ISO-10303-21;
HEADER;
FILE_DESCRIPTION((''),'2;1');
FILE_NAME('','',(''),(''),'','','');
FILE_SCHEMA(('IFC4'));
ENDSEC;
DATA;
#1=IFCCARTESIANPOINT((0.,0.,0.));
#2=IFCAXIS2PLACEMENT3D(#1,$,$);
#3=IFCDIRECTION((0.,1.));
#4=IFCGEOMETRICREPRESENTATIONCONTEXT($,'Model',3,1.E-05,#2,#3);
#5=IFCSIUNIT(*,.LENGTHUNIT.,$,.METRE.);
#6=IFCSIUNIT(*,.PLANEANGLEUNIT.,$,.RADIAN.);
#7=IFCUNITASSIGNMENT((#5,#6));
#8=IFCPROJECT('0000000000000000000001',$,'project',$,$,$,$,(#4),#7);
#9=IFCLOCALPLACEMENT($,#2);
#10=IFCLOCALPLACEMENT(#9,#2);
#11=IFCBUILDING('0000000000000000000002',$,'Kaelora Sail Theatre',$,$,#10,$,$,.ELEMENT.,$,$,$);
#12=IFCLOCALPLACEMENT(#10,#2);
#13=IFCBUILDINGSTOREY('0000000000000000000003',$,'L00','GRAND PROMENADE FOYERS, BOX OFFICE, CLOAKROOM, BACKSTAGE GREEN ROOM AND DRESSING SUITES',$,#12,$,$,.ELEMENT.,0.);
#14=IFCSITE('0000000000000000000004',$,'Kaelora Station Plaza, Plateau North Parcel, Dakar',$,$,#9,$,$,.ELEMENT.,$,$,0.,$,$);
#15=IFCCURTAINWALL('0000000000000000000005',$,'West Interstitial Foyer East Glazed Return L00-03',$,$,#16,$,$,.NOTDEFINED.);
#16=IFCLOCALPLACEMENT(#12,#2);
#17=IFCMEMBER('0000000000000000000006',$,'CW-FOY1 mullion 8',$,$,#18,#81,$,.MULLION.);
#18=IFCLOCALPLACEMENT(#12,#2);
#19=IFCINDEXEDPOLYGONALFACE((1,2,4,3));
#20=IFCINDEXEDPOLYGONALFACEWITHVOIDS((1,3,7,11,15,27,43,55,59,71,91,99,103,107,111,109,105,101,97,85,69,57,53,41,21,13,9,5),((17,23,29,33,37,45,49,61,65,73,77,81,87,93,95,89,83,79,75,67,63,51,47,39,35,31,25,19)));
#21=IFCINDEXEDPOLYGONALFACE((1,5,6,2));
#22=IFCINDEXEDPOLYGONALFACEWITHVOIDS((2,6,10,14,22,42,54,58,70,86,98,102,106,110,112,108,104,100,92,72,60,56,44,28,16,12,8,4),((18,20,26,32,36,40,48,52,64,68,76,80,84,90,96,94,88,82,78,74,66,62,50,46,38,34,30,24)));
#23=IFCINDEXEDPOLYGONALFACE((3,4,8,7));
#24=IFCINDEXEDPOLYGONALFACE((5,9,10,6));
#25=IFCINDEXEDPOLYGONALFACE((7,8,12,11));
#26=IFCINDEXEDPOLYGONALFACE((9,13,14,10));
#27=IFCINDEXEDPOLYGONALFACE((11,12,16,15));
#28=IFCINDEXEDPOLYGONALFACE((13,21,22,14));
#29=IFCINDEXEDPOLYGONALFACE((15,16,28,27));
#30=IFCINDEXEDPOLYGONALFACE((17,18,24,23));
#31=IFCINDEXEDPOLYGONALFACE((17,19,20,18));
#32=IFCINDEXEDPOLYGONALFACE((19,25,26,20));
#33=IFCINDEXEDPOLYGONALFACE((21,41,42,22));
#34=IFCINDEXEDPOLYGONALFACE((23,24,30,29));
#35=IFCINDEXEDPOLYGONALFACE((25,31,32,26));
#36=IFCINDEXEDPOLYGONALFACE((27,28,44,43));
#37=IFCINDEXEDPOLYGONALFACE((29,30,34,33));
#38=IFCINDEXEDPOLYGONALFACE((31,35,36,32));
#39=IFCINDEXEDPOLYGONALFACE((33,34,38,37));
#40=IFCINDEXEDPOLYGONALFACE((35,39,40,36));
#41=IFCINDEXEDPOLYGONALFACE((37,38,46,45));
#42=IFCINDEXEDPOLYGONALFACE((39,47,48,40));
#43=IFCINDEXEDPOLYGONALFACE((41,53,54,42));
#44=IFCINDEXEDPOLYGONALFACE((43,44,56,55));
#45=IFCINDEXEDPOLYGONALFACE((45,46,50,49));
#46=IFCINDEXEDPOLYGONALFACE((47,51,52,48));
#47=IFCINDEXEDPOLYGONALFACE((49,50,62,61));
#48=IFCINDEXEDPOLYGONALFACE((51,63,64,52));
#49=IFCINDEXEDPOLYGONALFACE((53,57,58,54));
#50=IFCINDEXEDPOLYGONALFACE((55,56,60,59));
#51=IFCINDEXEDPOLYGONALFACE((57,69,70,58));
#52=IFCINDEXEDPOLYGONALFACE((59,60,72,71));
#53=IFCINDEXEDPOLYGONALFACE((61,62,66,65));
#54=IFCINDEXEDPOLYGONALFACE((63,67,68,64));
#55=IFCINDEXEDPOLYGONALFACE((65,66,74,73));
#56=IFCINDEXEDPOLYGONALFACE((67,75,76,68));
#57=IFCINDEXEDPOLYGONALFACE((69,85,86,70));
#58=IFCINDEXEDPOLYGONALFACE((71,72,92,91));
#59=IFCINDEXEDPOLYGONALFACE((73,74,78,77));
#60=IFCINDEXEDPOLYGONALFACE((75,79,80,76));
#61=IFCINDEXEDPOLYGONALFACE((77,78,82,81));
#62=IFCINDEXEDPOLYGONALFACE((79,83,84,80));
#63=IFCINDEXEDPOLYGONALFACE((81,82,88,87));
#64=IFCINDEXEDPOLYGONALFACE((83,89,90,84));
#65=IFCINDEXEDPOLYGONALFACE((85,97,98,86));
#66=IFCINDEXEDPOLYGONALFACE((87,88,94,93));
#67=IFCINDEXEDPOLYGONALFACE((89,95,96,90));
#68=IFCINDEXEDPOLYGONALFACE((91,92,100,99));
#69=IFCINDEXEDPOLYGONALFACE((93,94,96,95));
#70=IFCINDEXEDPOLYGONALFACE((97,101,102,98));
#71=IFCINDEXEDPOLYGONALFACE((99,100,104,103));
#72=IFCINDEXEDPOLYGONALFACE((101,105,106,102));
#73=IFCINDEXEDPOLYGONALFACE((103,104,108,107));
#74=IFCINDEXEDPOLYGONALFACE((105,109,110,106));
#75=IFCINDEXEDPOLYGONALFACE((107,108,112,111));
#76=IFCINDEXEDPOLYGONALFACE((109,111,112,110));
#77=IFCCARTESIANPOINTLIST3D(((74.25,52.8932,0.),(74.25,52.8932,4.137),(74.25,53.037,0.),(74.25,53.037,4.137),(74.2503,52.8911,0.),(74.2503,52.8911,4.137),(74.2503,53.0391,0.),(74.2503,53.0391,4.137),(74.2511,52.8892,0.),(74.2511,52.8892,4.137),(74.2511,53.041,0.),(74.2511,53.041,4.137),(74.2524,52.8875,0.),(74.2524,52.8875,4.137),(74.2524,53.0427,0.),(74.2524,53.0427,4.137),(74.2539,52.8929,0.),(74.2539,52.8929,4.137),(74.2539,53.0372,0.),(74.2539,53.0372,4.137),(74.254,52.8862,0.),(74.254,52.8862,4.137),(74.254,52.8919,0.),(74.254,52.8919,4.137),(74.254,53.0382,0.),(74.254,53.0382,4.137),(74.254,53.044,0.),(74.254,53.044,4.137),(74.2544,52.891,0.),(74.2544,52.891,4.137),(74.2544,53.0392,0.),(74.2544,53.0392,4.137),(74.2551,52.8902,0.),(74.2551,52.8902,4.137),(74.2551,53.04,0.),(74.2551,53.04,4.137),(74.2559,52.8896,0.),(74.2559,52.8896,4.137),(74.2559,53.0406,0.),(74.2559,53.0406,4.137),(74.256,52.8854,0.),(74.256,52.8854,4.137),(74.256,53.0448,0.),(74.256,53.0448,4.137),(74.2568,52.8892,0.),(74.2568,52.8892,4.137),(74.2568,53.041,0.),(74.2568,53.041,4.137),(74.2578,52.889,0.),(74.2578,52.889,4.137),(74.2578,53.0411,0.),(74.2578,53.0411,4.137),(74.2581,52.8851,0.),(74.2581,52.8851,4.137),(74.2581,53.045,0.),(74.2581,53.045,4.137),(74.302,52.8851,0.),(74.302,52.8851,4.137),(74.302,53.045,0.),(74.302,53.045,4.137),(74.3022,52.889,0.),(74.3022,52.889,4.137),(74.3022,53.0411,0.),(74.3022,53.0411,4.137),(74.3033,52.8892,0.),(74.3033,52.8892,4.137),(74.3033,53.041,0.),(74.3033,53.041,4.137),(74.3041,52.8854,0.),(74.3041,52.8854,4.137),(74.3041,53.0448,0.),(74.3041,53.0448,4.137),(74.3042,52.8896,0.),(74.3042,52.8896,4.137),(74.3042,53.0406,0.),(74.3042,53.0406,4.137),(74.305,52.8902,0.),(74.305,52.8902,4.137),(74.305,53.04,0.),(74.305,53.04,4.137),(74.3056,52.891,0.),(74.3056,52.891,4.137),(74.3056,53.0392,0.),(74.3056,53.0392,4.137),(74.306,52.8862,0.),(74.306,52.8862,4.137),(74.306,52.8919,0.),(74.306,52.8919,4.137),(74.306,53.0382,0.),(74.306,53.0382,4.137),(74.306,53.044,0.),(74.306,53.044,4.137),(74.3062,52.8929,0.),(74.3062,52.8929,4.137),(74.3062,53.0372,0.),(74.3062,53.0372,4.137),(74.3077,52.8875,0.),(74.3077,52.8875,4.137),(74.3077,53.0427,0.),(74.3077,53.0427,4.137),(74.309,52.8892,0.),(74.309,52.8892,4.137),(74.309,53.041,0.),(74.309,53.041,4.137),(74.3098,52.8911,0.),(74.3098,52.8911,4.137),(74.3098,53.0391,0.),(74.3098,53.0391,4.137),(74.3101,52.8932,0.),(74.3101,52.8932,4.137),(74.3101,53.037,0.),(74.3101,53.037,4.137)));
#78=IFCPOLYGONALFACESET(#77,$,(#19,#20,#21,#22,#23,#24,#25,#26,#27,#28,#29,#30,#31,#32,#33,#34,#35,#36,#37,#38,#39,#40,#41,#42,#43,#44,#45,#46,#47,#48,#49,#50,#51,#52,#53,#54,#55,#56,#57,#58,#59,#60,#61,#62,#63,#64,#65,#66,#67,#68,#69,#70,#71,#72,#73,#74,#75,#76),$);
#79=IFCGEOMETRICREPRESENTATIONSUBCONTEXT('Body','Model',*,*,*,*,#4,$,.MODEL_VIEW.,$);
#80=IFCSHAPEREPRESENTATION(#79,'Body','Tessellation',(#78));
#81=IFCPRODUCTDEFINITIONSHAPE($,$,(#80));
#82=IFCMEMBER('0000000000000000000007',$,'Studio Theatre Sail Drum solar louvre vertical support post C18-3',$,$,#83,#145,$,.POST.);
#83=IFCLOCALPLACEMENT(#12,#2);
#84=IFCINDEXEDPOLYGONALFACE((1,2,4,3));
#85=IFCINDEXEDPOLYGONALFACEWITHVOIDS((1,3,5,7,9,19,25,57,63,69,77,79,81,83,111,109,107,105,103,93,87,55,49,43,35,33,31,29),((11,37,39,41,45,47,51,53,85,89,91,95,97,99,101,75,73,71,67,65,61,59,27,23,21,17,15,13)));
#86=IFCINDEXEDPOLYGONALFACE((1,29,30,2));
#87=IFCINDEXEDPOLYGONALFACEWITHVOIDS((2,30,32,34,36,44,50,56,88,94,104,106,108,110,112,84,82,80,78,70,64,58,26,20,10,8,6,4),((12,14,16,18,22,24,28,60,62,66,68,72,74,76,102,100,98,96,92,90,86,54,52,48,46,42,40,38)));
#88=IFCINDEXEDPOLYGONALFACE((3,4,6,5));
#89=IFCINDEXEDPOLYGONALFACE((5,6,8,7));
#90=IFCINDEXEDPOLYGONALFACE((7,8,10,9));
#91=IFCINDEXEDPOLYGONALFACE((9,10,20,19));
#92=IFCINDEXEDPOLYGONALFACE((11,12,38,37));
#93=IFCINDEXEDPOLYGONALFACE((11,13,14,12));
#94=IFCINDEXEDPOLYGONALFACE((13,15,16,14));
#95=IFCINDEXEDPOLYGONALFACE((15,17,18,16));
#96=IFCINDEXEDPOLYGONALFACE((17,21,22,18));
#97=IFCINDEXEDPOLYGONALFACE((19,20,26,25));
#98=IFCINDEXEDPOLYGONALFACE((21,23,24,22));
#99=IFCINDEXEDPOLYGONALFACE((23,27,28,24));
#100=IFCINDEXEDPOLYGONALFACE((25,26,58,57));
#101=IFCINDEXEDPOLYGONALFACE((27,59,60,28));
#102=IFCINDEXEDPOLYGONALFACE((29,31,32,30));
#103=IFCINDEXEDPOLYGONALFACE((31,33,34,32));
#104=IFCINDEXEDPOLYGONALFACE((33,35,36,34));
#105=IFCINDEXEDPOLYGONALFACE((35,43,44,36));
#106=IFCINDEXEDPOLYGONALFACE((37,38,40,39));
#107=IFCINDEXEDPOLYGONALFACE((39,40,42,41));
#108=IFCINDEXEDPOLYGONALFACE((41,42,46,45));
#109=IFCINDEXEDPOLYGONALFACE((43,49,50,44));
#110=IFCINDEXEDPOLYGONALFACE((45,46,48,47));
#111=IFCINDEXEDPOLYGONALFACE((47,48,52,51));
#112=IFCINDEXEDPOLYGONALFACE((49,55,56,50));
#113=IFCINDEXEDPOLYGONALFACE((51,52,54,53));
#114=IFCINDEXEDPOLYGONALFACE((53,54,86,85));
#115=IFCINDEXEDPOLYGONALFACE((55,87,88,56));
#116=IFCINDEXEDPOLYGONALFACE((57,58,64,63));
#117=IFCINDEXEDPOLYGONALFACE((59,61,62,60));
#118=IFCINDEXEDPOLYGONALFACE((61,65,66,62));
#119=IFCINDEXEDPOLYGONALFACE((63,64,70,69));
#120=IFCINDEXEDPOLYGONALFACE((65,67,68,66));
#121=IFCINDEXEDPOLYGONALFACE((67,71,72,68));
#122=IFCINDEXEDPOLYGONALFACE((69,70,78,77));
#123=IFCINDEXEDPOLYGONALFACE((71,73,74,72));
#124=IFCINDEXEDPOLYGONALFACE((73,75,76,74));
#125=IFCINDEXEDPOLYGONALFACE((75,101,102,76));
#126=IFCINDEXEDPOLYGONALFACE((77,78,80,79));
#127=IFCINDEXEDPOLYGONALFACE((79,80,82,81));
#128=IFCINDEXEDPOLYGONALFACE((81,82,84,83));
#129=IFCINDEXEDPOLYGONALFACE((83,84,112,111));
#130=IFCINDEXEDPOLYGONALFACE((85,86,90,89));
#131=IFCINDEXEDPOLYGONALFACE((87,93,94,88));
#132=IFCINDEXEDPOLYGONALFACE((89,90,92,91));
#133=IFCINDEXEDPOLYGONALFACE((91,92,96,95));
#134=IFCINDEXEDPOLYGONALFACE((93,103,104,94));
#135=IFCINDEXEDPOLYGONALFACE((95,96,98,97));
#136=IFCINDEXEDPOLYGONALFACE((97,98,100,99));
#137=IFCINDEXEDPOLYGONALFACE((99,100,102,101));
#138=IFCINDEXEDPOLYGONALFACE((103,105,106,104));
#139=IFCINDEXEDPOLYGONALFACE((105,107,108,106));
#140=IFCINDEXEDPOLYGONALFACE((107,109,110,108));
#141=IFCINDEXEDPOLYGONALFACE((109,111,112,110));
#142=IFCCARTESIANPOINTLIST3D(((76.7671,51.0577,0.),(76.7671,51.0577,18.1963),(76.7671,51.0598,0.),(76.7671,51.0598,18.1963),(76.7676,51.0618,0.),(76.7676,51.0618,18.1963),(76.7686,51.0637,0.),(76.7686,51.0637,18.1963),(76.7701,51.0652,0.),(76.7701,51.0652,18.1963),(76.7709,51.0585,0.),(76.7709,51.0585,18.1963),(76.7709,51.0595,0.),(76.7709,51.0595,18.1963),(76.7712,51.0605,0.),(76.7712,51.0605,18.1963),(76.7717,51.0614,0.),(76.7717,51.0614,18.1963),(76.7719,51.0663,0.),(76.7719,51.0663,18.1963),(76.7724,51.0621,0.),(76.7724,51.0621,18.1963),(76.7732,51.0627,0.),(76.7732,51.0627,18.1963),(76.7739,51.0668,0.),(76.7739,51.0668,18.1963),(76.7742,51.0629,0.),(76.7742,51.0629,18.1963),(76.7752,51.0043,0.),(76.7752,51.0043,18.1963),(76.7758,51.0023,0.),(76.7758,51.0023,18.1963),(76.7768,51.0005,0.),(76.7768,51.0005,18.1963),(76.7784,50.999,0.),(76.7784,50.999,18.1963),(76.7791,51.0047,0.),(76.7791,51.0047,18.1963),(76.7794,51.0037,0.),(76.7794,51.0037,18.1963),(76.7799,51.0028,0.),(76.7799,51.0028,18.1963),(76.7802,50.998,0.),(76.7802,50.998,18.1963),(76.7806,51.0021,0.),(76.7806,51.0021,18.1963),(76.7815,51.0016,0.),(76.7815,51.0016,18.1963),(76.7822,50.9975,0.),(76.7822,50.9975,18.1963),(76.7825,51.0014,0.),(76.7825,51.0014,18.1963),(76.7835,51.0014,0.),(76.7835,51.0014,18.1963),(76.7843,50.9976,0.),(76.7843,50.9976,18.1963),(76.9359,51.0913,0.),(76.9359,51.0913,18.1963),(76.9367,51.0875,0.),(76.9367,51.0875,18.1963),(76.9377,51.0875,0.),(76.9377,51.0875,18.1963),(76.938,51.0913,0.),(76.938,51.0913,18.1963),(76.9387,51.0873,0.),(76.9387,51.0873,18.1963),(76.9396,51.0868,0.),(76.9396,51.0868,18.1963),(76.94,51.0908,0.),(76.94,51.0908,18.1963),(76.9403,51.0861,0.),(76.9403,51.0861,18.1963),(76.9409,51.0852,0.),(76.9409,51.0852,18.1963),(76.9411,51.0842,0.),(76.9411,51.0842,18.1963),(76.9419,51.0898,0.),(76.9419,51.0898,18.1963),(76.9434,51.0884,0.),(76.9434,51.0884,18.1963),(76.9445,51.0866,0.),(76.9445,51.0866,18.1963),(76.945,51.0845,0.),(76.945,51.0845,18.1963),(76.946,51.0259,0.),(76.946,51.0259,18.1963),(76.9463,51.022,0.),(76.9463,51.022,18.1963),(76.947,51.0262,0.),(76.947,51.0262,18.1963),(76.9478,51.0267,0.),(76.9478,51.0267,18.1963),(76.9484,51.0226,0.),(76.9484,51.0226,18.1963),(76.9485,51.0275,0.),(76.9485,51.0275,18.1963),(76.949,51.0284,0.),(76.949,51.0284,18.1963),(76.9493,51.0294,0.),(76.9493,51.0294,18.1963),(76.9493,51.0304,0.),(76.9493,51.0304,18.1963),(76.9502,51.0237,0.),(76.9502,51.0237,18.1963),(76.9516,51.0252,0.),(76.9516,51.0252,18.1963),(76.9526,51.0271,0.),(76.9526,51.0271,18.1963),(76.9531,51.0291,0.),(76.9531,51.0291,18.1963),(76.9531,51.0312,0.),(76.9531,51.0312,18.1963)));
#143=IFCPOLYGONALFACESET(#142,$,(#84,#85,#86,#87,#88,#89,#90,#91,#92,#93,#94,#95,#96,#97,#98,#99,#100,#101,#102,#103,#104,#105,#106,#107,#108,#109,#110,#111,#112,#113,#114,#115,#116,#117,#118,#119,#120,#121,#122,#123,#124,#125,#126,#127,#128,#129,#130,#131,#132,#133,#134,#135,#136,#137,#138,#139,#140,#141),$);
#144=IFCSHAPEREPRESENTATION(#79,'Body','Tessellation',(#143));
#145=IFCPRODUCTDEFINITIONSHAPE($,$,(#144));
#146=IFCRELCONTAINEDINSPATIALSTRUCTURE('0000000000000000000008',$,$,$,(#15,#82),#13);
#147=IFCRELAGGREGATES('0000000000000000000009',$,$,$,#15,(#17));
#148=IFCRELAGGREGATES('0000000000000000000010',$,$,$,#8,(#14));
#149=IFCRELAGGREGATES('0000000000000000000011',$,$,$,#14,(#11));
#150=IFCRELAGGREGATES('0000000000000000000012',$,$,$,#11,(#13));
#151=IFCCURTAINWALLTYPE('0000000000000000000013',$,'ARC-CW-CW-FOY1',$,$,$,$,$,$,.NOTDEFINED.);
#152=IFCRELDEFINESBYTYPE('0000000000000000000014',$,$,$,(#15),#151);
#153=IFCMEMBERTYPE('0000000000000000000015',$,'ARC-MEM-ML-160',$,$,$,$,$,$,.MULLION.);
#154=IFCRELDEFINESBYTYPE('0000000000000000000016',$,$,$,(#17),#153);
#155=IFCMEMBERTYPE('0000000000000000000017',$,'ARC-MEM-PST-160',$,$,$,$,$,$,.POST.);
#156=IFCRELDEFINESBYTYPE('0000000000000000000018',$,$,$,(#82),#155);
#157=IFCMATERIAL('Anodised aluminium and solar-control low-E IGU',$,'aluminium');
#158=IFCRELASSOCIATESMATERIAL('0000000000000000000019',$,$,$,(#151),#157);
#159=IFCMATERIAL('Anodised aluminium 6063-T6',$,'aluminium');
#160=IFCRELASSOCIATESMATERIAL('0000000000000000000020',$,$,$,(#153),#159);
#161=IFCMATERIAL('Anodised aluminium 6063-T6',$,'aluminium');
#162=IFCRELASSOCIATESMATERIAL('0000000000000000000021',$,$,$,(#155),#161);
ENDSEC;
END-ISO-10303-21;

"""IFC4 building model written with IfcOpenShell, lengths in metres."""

from ifc_helpers import new_model, si_unit, direction, frame, origin, origin_2d, place, context, subcontext, project, spatial, hollow_rectangle, extrude, material, material_profile, profile_set, type_object, element, aggregate, save


model = new_model("IFC4")

# Units and contexts
model_context = context("Model", 3, precision=1e-05, world=origin(), true_north=direction((0.0, 1.0)))
body_context = subcontext(model_context, "Body", "Model", "MODEL_VIEW")
ifc_project = project(units=[si_unit("LENGTHUNIT", "METRE"), si_unit("PLANEANGLEUNIT", "RADIAN")], contexts=[model_context])

# Site, building, storey
site_placement = place(None, origin())
site = spatial("IfcSite", under=ifc_project, at=site_placement, Name="Kaelora Station Plaza, Plateau North Parcel, Dakar", CompositionType="ELEMENT", RefElevation=0.0)
building_placement = place(site_placement, origin())
building = spatial("IfcBuilding", under=site, at=building_placement, Name="Kaelora Sail Theatre", CompositionType="ELEMENT")
storey_placement = place(building_placement, origin())
storey = spatial("IfcBuildingStorey", under=building, at=storey_placement, Name="L00", Description="GRAND PROMENADE FOYERS, BOX OFFICE, CLOAKROOM, BACKSTAGE GREEN ROOM AND DRESSING SUITES", CompositionType="ELEMENT", Elevation=0.0)

# Curtain wall, member
ifc_material_1 = material(Name="Anodised aluminium and solar-control low-E IGU", Category="aluminium")
curtain_wall_type = type_object("IfcCurtainWallType", Name="ARC-CW-CW-FOY1", PredefinedType="NOTDEFINED", material=ifc_material_1)
curtain_wall_placement = place(storey_placement, origin())
curtain_wall = element("IfcCurtainWall", 1, at=curtain_wall_placement, inside=storey, type_object=curtain_wall_type, Name="West Interstitial Foyer East Glazed Return L00-03", PredefinedType="NOTDEFINED")
ifc_material_2 = material(Name="Anodised aluminium 6063-T6", Category="aluminium")
ifc_material_profile_1 = material_profile(ifc_material_2, hollow_rectangle(XDim=0.0601, YDim=0.1599, WallThickness=0.0039, InnerFilletRadius=0.0039, OuterFilletRadius=0.0081, at=origin_2d()), Name="ALU-MULL 60x160x4")
ifc_profile_set_1 = profile_set([ifc_material_profile_1], Name="Anodised aluminium 6063-T6")
member_type_1 = type_object("IfcMemberType", Name="ARC-MEM-ML-160", PredefinedType="MULLION", material=ifc_profile_set_1)
member_1_placement = place(storey_placement, frame((74.28, 52.9651, 0.0), z_axis=(0.0, 0.0, 1.0), x_axis=(-1.0, 0.0, 0.0)))
member_1 = element("IfcMember", 2, at=member_1_placement, type_object=member_type_1, Name="CW-FOY1 mullion 8", PredefinedType="MULLION", context=body_context, shape_type="SweptSolid", body=[
    extrude(hollow_rectangle(XDim=0.0601, YDim=0.1599, WallThickness=0.0039, InnerFilletRadius=0.0039, OuterFilletRadius=0.0081, at=origin_2d()), origin(), (0.0, 0.0, 1.0), 4.137),
])

# Member
ifc_material_3 = material(Name="Anodised aluminium 6063-T6", Category="aluminium")
ifc_material_profile_2 = material_profile(ifc_material_3, hollow_rectangle(XDim=0.0701, YDim=0.1799, WallThickness=0.0039, InnerFilletRadius=0.0039, OuterFilletRadius=0.0081, at=origin_2d()), Name="ALU-MULL 70x180x4")
ifc_profile_set_2 = profile_set([ifc_material_profile_2], Name="Anodised aluminium 6063-T6")
member_type_2 = type_object("IfcMemberType", Name="ARC-MEM-PST-160", PredefinedType="POST", material=ifc_profile_set_2)
member_2_placement = place(storey_placement, frame((76.8601, 51.0444, 0.0), z_axis=(0.0, 0.0, 1.0), x_axis=(-0.149363, 0.988782, 0.0)))
element("IfcMember", 3, at=member_2_placement, inside=storey, type_object=member_type_2, Name="Studio Theatre Sail Drum solar louvre vertical support post C18-3", PredefinedType="POST", context=body_context, shape_type="SweptSolid", body=[
    extrude(hollow_rectangle(XDim=0.0701, YDim=0.1799, WallThickness=0.0039, InnerFilletRadius=0.0039, OuterFilletRadius=0.0081, at=origin_2d()), origin(), (0.0, 0.0, 1.0), 18.1963),
])

aggregate(curtain_wall, [member_1])

save(model, "model.ifc")
